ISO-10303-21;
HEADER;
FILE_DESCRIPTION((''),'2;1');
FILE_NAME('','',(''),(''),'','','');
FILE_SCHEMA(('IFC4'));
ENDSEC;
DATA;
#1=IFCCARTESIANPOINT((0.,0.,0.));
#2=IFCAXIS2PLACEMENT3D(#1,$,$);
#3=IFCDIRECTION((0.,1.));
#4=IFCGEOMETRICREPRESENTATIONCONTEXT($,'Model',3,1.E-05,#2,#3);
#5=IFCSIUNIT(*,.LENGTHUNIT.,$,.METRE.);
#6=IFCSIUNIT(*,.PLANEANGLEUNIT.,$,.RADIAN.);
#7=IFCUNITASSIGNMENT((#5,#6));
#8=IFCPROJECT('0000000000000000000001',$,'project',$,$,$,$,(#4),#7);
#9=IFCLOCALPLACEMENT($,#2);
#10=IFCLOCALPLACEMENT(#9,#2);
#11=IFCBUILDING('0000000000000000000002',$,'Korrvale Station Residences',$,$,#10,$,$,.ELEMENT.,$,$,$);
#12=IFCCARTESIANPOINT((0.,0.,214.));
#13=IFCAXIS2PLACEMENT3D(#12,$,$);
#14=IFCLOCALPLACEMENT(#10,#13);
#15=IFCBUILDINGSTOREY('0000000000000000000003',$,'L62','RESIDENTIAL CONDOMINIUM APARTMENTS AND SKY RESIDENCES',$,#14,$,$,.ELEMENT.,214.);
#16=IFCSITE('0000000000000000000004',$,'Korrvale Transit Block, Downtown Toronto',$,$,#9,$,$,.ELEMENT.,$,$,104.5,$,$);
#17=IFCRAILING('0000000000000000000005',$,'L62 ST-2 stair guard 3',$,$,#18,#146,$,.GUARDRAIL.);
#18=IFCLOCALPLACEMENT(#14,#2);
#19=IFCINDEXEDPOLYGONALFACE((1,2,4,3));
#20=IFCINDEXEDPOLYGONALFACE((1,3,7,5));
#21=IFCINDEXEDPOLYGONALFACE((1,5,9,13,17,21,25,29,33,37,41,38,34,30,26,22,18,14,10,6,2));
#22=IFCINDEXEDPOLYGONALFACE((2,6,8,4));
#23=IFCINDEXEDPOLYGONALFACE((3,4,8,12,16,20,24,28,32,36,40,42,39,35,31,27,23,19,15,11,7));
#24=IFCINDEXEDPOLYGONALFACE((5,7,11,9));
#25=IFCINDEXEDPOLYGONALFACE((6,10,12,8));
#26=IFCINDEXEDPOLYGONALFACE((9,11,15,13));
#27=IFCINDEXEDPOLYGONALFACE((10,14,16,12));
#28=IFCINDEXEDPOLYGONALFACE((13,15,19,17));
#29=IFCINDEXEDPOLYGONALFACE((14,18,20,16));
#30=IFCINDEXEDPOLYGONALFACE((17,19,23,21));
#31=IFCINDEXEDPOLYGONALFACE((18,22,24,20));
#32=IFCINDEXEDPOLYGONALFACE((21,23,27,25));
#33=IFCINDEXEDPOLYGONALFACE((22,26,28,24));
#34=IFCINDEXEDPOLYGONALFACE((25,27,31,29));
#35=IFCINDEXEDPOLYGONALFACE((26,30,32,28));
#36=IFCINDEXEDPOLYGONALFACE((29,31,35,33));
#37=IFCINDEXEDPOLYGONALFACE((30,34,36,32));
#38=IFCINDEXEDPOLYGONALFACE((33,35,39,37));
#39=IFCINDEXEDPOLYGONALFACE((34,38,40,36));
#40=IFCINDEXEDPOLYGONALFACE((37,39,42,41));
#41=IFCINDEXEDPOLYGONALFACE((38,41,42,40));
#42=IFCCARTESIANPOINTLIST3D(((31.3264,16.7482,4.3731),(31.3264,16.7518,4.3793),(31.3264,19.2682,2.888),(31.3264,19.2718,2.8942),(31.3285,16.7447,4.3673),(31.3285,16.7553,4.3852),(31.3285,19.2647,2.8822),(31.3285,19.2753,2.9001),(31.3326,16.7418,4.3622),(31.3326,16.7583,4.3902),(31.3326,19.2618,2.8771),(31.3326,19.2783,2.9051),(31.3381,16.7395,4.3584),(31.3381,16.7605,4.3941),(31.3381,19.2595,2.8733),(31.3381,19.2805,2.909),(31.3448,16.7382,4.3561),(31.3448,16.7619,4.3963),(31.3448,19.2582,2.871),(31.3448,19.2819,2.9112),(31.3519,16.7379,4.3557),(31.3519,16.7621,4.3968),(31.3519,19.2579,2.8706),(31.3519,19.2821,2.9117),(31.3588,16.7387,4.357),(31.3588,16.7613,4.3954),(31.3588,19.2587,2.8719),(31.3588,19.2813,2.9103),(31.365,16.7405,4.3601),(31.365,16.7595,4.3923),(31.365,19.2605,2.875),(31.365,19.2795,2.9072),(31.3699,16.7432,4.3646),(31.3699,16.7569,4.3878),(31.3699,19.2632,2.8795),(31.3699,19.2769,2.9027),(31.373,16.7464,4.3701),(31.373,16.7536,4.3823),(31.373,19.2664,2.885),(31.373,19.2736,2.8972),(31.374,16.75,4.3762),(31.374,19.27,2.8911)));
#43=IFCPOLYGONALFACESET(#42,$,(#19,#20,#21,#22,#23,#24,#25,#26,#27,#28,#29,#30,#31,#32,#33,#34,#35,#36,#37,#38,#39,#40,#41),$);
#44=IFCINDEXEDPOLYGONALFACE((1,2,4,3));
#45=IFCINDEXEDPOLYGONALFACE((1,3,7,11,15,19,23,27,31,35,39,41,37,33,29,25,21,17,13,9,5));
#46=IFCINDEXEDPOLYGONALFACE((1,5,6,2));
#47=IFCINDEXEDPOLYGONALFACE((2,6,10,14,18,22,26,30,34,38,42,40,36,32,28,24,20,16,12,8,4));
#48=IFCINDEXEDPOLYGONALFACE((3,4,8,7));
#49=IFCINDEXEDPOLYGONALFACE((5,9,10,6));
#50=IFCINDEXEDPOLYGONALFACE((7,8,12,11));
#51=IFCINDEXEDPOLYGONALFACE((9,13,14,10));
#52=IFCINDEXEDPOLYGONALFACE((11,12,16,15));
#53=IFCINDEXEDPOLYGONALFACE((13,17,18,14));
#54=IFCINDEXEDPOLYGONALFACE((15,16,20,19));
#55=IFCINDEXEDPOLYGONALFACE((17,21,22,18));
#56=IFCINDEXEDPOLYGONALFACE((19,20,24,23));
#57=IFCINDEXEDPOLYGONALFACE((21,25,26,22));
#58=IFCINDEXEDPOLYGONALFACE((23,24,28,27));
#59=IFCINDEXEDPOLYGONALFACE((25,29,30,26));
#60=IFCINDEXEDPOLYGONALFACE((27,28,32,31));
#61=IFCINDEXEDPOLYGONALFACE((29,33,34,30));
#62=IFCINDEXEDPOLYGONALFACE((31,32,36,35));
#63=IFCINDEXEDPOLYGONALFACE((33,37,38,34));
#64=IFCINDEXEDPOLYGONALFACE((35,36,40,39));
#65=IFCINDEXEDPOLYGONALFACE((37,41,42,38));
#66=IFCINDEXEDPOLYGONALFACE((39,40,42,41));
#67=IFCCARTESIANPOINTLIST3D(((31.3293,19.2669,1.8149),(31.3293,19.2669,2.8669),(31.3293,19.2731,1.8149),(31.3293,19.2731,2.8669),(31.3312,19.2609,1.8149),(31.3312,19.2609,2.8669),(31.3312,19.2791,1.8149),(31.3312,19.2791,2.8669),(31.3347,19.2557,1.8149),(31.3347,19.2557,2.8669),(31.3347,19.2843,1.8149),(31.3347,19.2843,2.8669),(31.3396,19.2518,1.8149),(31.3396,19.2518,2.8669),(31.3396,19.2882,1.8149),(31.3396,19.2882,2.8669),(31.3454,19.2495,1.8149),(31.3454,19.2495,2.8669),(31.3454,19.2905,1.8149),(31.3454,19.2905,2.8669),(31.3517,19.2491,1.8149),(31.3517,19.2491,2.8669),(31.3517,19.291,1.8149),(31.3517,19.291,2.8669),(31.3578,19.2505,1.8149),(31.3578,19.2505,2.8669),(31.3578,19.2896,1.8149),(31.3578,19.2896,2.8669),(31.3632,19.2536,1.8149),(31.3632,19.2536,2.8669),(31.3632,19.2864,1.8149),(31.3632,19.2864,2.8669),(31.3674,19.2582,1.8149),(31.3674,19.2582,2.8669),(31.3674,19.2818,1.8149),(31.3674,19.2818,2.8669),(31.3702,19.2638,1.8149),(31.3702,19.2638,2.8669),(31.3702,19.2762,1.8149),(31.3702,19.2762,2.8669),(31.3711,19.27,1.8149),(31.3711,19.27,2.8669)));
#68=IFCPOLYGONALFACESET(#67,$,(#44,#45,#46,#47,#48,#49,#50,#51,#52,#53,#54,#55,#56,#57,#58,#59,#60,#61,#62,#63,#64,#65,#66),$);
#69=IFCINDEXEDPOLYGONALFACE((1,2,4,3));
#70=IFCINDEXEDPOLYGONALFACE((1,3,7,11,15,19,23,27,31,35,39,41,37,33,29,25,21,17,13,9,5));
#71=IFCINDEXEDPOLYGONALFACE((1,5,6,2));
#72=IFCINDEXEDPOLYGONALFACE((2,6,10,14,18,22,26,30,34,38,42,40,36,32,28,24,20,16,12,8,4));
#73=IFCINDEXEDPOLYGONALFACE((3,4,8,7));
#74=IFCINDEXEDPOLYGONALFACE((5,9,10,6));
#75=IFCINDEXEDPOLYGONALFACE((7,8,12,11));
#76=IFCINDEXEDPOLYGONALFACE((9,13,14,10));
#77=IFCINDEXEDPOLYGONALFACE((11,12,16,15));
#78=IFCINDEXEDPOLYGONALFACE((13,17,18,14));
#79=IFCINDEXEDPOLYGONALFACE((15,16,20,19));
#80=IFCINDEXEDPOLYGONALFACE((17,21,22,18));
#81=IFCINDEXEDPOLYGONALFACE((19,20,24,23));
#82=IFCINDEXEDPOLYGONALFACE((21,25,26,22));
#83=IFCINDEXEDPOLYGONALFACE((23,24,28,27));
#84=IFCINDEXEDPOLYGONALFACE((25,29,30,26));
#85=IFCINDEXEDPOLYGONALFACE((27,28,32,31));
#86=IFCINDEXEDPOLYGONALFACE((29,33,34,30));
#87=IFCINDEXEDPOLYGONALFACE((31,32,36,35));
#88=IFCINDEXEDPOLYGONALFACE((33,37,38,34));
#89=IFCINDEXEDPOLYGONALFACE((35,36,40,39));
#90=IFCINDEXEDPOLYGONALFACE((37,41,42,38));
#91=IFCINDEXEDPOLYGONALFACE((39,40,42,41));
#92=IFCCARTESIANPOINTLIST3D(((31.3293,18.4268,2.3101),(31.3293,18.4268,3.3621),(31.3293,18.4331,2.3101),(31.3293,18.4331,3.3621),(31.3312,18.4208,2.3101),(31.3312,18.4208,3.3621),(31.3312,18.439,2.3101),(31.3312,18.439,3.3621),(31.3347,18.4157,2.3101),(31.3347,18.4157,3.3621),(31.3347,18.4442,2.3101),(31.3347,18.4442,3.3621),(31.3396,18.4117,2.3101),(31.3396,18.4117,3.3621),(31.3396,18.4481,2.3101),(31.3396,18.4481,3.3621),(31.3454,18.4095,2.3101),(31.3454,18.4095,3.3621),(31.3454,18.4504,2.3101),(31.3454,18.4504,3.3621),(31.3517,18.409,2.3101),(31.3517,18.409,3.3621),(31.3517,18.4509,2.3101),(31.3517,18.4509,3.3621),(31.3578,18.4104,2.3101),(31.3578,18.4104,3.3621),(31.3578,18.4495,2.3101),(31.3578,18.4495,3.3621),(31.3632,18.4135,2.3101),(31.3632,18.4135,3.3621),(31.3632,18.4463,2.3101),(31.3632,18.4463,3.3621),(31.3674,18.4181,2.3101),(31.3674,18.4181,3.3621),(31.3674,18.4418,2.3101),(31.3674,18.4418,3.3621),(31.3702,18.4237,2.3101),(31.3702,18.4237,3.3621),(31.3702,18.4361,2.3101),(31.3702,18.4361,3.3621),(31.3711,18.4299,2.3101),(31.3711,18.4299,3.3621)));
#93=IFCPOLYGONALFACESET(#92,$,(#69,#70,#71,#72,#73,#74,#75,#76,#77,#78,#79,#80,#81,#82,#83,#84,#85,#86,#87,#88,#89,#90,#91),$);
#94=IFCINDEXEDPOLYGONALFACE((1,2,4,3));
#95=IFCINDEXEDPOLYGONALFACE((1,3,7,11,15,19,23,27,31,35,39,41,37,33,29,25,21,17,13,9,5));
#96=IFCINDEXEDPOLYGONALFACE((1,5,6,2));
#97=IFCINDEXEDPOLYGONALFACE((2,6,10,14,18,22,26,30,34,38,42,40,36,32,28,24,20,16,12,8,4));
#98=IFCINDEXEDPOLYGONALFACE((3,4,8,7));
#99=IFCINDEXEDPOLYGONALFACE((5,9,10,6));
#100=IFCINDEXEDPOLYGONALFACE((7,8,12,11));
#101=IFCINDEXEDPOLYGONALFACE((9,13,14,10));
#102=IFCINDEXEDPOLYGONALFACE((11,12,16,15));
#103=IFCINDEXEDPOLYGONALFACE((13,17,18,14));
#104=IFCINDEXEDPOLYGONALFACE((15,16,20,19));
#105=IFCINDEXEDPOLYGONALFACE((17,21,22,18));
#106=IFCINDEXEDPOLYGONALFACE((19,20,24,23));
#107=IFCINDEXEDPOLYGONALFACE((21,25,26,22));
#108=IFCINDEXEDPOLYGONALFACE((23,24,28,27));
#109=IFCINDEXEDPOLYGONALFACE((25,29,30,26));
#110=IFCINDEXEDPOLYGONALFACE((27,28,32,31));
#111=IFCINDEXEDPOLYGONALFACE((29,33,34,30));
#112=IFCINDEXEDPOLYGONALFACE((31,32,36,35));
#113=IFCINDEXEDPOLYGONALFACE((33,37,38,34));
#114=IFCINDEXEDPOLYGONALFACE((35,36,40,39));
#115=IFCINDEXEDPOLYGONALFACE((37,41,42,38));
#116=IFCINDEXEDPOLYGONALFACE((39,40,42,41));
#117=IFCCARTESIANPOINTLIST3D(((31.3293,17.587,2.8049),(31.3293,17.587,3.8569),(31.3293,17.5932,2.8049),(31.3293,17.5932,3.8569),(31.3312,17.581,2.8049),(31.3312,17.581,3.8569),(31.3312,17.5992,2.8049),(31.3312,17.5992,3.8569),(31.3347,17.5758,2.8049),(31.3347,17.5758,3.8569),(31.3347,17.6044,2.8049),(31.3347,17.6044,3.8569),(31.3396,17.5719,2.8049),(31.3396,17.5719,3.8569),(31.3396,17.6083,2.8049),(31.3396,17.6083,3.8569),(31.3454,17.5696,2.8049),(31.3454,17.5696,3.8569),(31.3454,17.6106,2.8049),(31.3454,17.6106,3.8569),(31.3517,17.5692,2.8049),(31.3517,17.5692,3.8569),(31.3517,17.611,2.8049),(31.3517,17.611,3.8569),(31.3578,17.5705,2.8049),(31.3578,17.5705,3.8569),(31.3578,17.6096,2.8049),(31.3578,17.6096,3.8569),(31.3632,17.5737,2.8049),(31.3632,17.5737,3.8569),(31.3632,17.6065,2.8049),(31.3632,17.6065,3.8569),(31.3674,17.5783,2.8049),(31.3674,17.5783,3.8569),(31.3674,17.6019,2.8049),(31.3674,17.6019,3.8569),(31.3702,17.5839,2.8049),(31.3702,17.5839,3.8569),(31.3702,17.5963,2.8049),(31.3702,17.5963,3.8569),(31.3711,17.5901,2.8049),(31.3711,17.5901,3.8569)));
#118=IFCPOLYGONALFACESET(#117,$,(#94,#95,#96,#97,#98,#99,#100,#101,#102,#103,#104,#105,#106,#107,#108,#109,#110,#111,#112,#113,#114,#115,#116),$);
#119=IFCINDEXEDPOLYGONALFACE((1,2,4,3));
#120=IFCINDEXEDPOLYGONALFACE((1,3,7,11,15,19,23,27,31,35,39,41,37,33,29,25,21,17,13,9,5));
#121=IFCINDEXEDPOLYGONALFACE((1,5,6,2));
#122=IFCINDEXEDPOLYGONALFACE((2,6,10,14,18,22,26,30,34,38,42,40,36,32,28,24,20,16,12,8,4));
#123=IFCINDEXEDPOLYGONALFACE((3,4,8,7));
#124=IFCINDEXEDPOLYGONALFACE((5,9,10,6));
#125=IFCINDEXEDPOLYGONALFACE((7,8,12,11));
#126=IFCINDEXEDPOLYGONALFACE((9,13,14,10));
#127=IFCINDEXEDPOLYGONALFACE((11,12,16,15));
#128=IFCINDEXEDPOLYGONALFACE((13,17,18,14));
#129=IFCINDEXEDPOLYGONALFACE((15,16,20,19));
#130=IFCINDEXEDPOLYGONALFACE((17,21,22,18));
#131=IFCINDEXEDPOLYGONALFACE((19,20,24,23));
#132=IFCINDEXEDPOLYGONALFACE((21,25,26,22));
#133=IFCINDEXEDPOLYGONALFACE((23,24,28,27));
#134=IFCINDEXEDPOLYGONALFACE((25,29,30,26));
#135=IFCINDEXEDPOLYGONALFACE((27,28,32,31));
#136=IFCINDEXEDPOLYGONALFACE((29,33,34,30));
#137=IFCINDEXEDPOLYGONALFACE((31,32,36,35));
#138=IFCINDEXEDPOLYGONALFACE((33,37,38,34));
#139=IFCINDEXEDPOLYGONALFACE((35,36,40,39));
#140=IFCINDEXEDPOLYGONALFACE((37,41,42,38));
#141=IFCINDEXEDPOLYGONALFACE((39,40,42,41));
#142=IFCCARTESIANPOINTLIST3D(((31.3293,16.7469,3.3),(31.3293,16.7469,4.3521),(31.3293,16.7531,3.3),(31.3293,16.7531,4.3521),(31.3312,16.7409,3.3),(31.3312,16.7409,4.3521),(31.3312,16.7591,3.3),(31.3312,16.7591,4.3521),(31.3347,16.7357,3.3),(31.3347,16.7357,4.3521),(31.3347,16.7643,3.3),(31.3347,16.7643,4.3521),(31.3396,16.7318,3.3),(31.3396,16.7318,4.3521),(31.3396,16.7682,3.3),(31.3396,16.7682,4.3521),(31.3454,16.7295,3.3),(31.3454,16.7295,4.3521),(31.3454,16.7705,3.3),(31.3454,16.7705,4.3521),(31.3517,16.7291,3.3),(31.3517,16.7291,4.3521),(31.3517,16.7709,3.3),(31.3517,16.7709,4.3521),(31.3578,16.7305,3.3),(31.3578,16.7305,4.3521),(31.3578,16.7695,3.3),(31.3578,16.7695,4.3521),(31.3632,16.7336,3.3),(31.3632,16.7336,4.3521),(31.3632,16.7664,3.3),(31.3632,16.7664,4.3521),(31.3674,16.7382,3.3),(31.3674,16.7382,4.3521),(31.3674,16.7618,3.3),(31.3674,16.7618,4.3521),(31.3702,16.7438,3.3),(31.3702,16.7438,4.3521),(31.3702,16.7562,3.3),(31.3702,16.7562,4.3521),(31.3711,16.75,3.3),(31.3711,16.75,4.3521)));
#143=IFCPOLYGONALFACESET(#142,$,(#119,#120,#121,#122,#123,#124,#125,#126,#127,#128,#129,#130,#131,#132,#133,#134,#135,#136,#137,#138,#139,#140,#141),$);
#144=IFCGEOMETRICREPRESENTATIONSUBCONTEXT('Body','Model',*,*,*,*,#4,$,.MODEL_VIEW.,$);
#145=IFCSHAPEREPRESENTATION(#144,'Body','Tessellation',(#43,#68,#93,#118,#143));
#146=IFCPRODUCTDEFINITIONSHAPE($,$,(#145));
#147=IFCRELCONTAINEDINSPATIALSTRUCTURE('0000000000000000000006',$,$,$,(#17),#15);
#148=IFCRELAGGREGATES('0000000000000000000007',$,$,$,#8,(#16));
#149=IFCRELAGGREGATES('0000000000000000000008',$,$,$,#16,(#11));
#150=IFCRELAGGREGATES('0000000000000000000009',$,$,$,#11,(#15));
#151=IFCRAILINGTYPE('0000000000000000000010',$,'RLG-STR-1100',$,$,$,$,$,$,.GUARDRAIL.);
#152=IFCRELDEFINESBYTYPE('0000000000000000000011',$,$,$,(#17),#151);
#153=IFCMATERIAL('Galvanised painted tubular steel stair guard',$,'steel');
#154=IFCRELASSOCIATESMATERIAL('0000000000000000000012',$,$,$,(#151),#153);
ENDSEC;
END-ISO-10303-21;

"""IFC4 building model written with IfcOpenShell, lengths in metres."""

from ifc_helpers import new_model, si_unit, direction, frame, origin, origin_2d, place, context, subcontext, project, spatial, circle, extrude, material, type_object, element, save


model = new_model("IFC4")

# Units and contexts
model_context = context("Model", 3, precision=1e-05, world=origin(), true_north=direction((0.0, 1.0)))
body_context = subcontext(model_context, "Body", "Model", "MODEL_VIEW")
ifc_project = project(units=[si_unit("LENGTHUNIT", "METRE"), si_unit("PLANEANGLEUNIT", "RADIAN")], contexts=[model_context])

# Site, building, storey
site_placement = place(None, origin())
site = spatial("IfcSite", under=ifc_project, at=site_placement, Name="Korrvale Transit Block, Downtown Toronto", CompositionType="ELEMENT", RefElevation=104.5)
building_placement = place(site_placement, origin())
building = spatial("IfcBuilding", under=site, at=building_placement, Name="Korrvale Station Residences", CompositionType="ELEMENT")
storey_placement = place(building_placement, frame((0.0, 0.0, 214.0)))
storey = spatial("IfcBuildingStorey", under=building, at=storey_placement, Name="L62", Description="RESIDENTIAL CONDOMINIUM APARTMENTS AND SKY RESIDENCES", CompositionType="ELEMENT", Elevation=214.0)

# Railing
ifc_material_1 = material(Name="Galvanised painted tubular steel stair guard", Category="steel")
railing_type_1 = type_object("IfcRailingType", Name="RLG-STR-1100", PredefinedType="GUARDRAIL", material=ifc_material_1)
railing_1_placement = place(storey_placement, frame((31.3501, 19.27, 1.8149)))
element("IfcRailing", 1, at=railing_1_placement, inside=storey, type_object=railing_type_1, Name="L62 ST-2 stair guard 3", PredefinedType="GUARDRAIL", context=body_context, shape_type="SweptSolid", body=[
    extrude(circle(Radius=0.0239, at=origin_2d()), frame((0.0, 0.0, 1.0762), z_axis=(0.0, -0.861524, 0.507717), x_axis=(1.0, 0.0, 0.0)), (0.0, 0.0, 1.0), 2.925),
    extrude(circle(Radius=0.021, at=origin_2d()), origin(), (0.0, 0.0, 1.0), 1.052),
    extrude(circle(Radius=0.021, at=origin_2d()), frame((0.0, -0.8401, 0.4951)), (0.0, 0.0, 1.0), 1.052),
    extrude(circle(Radius=0.021, at=origin_2d()), frame((0.0, -1.6799, 0.99)), (0.0, 0.0, 1.0), 1.052),
    extrude(circle(Radius=0.021, at=origin_2d()), frame((0.0, -2.52, 1.4851)), (0.0, 0.0, 1.0), 1.052),
])

save(model, "model.ifc")
